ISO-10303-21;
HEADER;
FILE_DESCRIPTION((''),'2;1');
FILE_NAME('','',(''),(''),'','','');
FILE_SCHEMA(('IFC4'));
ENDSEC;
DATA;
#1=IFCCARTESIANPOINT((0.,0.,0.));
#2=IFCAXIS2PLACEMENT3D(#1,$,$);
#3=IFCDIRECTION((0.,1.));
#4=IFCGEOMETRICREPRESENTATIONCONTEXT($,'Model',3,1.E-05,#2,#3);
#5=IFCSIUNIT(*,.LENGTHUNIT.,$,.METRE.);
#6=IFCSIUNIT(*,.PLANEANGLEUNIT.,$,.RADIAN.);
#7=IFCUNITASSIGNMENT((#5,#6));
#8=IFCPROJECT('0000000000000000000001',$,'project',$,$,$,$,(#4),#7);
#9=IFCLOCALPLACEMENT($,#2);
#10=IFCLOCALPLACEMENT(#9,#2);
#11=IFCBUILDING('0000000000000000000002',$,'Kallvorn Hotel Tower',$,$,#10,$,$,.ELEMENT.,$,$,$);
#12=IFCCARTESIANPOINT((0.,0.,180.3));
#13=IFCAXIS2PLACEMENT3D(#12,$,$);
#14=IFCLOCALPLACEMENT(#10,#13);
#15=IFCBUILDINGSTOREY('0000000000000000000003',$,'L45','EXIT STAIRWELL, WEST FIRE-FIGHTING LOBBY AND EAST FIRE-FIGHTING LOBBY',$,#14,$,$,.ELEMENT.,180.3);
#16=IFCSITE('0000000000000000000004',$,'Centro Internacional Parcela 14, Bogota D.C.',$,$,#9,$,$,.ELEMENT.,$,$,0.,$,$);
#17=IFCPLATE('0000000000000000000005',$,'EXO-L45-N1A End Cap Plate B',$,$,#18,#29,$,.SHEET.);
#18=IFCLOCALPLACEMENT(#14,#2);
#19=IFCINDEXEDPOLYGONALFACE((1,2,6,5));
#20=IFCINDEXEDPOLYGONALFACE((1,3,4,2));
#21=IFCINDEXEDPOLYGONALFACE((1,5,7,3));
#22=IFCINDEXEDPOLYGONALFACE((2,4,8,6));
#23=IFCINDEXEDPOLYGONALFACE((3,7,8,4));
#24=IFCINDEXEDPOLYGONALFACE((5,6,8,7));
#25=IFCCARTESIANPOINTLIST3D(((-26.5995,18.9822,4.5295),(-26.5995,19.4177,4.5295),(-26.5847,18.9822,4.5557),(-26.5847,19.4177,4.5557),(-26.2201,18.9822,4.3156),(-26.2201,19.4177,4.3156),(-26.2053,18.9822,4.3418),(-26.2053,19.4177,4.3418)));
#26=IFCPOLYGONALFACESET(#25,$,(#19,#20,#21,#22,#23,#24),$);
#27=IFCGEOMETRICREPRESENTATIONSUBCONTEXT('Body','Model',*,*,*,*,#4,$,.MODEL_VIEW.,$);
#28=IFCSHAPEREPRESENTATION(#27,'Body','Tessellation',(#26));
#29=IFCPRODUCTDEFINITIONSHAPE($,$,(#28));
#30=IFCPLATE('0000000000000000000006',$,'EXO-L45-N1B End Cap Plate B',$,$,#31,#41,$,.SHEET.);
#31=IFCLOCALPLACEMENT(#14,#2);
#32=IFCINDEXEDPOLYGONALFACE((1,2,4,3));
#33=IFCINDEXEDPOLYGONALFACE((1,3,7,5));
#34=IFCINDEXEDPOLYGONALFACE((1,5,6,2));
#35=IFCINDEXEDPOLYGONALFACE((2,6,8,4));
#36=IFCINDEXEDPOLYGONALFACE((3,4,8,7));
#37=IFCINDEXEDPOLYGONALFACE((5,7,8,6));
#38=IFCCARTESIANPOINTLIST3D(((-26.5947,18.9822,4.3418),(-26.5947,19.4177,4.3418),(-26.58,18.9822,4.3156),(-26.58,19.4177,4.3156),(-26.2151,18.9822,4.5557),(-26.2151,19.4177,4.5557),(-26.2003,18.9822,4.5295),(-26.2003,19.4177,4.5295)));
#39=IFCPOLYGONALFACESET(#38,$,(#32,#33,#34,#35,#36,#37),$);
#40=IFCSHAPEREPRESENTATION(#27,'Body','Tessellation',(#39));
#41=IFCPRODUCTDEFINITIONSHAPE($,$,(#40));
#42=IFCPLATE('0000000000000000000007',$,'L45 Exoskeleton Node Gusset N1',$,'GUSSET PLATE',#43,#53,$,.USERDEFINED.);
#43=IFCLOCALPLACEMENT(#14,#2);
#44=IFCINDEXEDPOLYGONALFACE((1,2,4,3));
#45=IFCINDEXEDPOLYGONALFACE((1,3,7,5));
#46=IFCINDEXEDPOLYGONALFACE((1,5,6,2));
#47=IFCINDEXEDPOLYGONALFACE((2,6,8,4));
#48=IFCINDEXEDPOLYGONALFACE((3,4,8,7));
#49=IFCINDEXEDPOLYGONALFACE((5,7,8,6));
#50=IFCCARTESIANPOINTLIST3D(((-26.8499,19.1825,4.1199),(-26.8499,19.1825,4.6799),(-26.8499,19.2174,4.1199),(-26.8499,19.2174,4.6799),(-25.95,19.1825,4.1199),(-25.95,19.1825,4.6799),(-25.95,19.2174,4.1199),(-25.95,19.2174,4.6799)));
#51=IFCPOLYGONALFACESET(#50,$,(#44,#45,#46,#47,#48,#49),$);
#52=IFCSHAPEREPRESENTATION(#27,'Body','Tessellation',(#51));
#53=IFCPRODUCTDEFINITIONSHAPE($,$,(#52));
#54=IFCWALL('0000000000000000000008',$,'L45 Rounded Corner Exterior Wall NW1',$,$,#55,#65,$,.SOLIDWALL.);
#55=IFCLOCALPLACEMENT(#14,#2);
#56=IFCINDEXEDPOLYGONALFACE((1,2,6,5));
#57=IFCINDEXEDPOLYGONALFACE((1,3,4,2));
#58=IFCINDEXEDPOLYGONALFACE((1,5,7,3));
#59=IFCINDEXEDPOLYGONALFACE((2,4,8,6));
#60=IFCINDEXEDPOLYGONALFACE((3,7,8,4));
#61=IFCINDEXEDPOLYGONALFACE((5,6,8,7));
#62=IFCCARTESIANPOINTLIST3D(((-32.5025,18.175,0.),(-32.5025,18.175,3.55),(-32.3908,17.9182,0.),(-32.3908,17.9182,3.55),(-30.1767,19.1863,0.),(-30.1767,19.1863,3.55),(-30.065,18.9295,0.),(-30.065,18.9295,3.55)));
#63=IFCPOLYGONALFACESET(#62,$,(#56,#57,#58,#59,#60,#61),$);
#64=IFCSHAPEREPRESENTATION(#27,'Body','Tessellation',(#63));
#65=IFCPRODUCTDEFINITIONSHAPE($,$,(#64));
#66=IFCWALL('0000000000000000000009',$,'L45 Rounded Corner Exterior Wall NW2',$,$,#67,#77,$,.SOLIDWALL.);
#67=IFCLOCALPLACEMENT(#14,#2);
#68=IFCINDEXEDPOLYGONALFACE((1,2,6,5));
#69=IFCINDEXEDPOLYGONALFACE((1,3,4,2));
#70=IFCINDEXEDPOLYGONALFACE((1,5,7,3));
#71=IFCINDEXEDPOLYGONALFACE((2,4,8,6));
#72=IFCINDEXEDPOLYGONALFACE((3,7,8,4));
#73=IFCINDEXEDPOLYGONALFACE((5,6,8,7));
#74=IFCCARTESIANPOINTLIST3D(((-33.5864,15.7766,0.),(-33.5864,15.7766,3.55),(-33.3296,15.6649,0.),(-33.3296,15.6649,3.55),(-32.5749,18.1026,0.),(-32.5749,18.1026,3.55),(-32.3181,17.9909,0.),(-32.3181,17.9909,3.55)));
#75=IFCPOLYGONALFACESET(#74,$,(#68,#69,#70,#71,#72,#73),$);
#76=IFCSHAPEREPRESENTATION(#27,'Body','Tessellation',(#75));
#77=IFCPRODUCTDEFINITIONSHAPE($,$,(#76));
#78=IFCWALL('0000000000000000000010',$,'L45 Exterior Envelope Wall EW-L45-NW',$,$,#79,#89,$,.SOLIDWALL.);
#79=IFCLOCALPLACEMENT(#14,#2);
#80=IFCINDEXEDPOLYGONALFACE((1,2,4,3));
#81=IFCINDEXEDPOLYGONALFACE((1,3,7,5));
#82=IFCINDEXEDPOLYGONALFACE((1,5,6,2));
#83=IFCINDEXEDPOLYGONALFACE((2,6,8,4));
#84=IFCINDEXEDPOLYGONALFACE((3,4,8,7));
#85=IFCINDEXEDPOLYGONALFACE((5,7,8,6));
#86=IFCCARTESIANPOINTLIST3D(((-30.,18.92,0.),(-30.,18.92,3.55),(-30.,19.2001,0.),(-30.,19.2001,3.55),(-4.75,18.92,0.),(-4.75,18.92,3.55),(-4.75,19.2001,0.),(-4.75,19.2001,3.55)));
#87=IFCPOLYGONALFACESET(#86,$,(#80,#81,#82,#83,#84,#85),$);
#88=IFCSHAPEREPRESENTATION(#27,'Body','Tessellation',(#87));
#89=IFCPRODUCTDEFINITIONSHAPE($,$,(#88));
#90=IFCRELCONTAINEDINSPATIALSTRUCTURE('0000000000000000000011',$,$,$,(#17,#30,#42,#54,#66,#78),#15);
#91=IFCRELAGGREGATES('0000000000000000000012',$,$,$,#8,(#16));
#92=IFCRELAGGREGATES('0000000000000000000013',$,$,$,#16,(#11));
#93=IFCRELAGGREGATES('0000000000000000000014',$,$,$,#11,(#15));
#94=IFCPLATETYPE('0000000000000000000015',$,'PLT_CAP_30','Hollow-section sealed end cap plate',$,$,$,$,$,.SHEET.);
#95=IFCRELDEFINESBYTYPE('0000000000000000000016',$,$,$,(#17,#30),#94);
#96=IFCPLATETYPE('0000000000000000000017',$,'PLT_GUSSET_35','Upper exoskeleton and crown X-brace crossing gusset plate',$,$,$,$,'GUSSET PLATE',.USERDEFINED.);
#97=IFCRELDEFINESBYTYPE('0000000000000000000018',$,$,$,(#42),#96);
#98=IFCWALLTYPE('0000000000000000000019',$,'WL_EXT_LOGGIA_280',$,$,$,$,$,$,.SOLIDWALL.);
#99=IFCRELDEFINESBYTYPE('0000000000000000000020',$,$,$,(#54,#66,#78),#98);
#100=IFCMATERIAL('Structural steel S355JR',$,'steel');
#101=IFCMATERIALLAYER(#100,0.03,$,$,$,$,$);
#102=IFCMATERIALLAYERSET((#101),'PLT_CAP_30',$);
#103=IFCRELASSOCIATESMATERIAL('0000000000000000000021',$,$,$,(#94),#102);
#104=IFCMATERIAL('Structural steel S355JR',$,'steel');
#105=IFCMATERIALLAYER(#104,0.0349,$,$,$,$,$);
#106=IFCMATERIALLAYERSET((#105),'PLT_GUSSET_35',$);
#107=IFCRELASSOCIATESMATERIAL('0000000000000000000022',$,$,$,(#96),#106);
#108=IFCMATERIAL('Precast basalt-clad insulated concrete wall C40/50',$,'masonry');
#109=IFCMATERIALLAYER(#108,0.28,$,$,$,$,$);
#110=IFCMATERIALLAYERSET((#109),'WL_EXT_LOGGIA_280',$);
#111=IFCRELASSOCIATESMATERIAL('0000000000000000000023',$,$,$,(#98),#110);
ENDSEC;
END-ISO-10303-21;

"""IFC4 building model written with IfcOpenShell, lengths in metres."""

from ifc_helpers import new_model, si_unit, direction, frame, frame_2d, origin, origin_2d, place, context, subcontext, project, spatial, polyline, rectangle, outline, extrude, material, layer, layer_set, type_object, element, save


model = new_model("IFC4")

# Units and contexts
model_context = context("Model", 3, precision=1e-05, world=origin(), true_north=direction((0.0, 1.0)))
body_context = subcontext(model_context, "Body", "Model", "MODEL_VIEW")
ifc_project = project(units=[si_unit("LENGTHUNIT", "METRE"), si_unit("PLANEANGLEUNIT", "RADIAN")], contexts=[model_context])

# Site, building, storey
site_placement = place(None, origin())
site = spatial("IfcSite", under=ifc_project, at=site_placement, Name="Centro Internacional Parcela 14, Bogota D.C.", CompositionType="ELEMENT", RefElevation=0.0)
building_placement = place(site_placement, origin())
building = spatial("IfcBuilding", under=site, at=building_placement, Name="Kallvorn Hotel Tower", CompositionType="ELEMENT")
storey_placement = place(building_placement, frame((0.0, 0.0, 180.3)))
storey = spatial("IfcBuildingStorey", under=building, at=storey_placement, Name="L45", Description="EXIT STAIRWELL, WEST FIRE-FIGHTING LOBBY AND EAST FIRE-FIGHTING LOBBY", CompositionType="ELEMENT", Elevation=180.3)

# Plates
ifc_material_1 = material(Name="Structural steel S355JR", Category="steel")
ifc_layer_1 = layer(ifc_material_1, 0.03)
ifc_layer_set_1 = layer_set([ifc_layer_1], Name="PLT_CAP_30")
plate_type_1 = type_object("IfcPlateType", Name="PLT_CAP_30", Description="Hollow-section sealed end cap plate", PredefinedType="SHEET", material=ifc_layer_set_1)
plate_1_placement = place(storey_placement, frame((-26.2053, 18.9822, 4.3418), z_axis=(0.491059, 0.0, 0.871126), x_axis=(0.0, 1.0, 0.0)))
element("IfcPlate", 1, at=plate_1_placement, inside=storey, type_object=plate_type_1, Name="EXO-L45-N1A End Cap Plate B", PredefinedType="SHEET", context=body_context, shape_type="SweptSolid", body=[
    extrude(outline(polyline([(0.0, 0.0), (0.4355, 0.0), (0.4355, 0.4355), (0.0, 0.4355), (0.0, 0.0)])), origin(), (0.0, 0.0, -1.0), 0.03),
])
plate_2_placement = place(storey_placement, frame((-26.5947, 19.4177, 4.3418), z_axis=(-0.49082, 0.0, 0.871261), x_axis=(0.0, -1.0, 0.0)))
element("IfcPlate", 2, at=plate_2_placement, inside=storey, type_object=plate_type_1, Name="EXO-L45-N1B End Cap Plate B", PredefinedType="SHEET", context=body_context, shape_type="SweptSolid", body=[
    extrude(outline(polyline([(0.0, 0.0), (0.4355, 0.0), (0.4355, 0.4357), (0.0, 0.4357), (0.0, 0.0)])), origin(), (0.0, 0.0, -1.0), 0.03),
])
ifc_material_2 = material(Name="Structural steel S355JR", Category="steel")
ifc_layer_2 = layer(ifc_material_2, 0.0349)
ifc_layer_set_2 = layer_set([ifc_layer_2], Name="PLT_GUSSET_35")
plate_type_2 = type_object("IfcPlateType", Name="PLT_GUSSET_35", Description="Upper exoskeleton and crown X-brace crossing gusset plate", ElementType="GUSSET PLATE", PredefinedType="USERDEFINED", material=ifc_layer_set_2)
plate_3_placement = place(storey_placement, frame((-26.3999, 19.2, 4.1199), z_axis=(0.0, 0.0, 1.0), x_axis=(1.0, 0.0, 0.0)))
element("IfcPlate", 3, at=plate_3_placement, inside=storey, type_object=plate_type_2, Name="L45 Exoskeleton Node Gusset N1", ObjectType="GUSSET PLATE", PredefinedType="USERDEFINED", context=body_context, shape_type="SweptSolid", body=[
    extrude(rectangle(XDim=0.8999, YDim=0.0349, at=origin_2d()), origin(), (0.0, 0.0, 1.0), 0.5601),
])

# Walls
ifc_material_3 = material(Name="Precast basalt-clad insulated concrete wall C40/50", Category="masonry")
ifc_layer_3 = layer(ifc_material_3, 0.28)
ifc_layer_set_3 = layer_set([ifc_layer_3], Name="WL_EXT_LOGGIA_280")
wall_type = type_object("IfcWallType", Name="WL_EXT_LOGGIA_280", PredefinedType="SOLIDWALL", material=ifc_layer_set_3)
wall_1_placement = place(storey_placement, frame((-30.1208, 19.0579, 0.0), z_axis=(0.0, 0.0, 1.0), x_axis=(-0.917061, -0.398747, 0.0)))
element("IfcWall", 4, at=wall_1_placement, inside=storey, type_object=wall_type, Name="L45 Rounded Corner Exterior Wall NW1", PredefinedType="SOLIDWALL", context=body_context, shape_type="SweptSolid", body=[
    extrude(rectangle(XDim=2.5361, YDim=0.28, at=frame_2d((1.2681, 0.0))), origin(), (0.0, 0.0, 1.0), 3.55),
])
wall_2_placement = place(storey_placement, frame((-32.4465, 18.0466, 0.0), z_axis=(0.0, 0.0, 1.0), x_axis=(-0.398793, -0.917041, 0.0)))
element("IfcWall", 5, at=wall_2_placement, inside=storey, type_object=wall_type, Name="L45 Rounded Corner Exterior Wall NW2", PredefinedType="SOLIDWALL", context=body_context, shape_type="SweptSolid", body=[
    extrude(rectangle(XDim=2.5364, YDim=0.28, at=frame_2d((1.2681, 0.0))), origin(), (0.0, 0.0, 1.0), 3.55),
])
wall_3_placement = place(storey_placement, frame((-30.0, 19.0601, 0.0), z_axis=(0.0, 0.0, 1.0), x_axis=(1.0, 0.0, 0.0)))
element("IfcWall", 6, at=wall_3_placement, inside=storey, type_object=wall_type, Name="L45 Exterior Envelope Wall EW-L45-NW", PredefinedType="SOLIDWALL", context=body_context, shape_type="SweptSolid", body=[
    extrude(rectangle(XDim=25.25, YDim=0.28, at=frame_2d((12.625, 0.0))), origin(), (0.0, 0.0, 1.0), 3.55),
])

save(model, "model.ifc")
